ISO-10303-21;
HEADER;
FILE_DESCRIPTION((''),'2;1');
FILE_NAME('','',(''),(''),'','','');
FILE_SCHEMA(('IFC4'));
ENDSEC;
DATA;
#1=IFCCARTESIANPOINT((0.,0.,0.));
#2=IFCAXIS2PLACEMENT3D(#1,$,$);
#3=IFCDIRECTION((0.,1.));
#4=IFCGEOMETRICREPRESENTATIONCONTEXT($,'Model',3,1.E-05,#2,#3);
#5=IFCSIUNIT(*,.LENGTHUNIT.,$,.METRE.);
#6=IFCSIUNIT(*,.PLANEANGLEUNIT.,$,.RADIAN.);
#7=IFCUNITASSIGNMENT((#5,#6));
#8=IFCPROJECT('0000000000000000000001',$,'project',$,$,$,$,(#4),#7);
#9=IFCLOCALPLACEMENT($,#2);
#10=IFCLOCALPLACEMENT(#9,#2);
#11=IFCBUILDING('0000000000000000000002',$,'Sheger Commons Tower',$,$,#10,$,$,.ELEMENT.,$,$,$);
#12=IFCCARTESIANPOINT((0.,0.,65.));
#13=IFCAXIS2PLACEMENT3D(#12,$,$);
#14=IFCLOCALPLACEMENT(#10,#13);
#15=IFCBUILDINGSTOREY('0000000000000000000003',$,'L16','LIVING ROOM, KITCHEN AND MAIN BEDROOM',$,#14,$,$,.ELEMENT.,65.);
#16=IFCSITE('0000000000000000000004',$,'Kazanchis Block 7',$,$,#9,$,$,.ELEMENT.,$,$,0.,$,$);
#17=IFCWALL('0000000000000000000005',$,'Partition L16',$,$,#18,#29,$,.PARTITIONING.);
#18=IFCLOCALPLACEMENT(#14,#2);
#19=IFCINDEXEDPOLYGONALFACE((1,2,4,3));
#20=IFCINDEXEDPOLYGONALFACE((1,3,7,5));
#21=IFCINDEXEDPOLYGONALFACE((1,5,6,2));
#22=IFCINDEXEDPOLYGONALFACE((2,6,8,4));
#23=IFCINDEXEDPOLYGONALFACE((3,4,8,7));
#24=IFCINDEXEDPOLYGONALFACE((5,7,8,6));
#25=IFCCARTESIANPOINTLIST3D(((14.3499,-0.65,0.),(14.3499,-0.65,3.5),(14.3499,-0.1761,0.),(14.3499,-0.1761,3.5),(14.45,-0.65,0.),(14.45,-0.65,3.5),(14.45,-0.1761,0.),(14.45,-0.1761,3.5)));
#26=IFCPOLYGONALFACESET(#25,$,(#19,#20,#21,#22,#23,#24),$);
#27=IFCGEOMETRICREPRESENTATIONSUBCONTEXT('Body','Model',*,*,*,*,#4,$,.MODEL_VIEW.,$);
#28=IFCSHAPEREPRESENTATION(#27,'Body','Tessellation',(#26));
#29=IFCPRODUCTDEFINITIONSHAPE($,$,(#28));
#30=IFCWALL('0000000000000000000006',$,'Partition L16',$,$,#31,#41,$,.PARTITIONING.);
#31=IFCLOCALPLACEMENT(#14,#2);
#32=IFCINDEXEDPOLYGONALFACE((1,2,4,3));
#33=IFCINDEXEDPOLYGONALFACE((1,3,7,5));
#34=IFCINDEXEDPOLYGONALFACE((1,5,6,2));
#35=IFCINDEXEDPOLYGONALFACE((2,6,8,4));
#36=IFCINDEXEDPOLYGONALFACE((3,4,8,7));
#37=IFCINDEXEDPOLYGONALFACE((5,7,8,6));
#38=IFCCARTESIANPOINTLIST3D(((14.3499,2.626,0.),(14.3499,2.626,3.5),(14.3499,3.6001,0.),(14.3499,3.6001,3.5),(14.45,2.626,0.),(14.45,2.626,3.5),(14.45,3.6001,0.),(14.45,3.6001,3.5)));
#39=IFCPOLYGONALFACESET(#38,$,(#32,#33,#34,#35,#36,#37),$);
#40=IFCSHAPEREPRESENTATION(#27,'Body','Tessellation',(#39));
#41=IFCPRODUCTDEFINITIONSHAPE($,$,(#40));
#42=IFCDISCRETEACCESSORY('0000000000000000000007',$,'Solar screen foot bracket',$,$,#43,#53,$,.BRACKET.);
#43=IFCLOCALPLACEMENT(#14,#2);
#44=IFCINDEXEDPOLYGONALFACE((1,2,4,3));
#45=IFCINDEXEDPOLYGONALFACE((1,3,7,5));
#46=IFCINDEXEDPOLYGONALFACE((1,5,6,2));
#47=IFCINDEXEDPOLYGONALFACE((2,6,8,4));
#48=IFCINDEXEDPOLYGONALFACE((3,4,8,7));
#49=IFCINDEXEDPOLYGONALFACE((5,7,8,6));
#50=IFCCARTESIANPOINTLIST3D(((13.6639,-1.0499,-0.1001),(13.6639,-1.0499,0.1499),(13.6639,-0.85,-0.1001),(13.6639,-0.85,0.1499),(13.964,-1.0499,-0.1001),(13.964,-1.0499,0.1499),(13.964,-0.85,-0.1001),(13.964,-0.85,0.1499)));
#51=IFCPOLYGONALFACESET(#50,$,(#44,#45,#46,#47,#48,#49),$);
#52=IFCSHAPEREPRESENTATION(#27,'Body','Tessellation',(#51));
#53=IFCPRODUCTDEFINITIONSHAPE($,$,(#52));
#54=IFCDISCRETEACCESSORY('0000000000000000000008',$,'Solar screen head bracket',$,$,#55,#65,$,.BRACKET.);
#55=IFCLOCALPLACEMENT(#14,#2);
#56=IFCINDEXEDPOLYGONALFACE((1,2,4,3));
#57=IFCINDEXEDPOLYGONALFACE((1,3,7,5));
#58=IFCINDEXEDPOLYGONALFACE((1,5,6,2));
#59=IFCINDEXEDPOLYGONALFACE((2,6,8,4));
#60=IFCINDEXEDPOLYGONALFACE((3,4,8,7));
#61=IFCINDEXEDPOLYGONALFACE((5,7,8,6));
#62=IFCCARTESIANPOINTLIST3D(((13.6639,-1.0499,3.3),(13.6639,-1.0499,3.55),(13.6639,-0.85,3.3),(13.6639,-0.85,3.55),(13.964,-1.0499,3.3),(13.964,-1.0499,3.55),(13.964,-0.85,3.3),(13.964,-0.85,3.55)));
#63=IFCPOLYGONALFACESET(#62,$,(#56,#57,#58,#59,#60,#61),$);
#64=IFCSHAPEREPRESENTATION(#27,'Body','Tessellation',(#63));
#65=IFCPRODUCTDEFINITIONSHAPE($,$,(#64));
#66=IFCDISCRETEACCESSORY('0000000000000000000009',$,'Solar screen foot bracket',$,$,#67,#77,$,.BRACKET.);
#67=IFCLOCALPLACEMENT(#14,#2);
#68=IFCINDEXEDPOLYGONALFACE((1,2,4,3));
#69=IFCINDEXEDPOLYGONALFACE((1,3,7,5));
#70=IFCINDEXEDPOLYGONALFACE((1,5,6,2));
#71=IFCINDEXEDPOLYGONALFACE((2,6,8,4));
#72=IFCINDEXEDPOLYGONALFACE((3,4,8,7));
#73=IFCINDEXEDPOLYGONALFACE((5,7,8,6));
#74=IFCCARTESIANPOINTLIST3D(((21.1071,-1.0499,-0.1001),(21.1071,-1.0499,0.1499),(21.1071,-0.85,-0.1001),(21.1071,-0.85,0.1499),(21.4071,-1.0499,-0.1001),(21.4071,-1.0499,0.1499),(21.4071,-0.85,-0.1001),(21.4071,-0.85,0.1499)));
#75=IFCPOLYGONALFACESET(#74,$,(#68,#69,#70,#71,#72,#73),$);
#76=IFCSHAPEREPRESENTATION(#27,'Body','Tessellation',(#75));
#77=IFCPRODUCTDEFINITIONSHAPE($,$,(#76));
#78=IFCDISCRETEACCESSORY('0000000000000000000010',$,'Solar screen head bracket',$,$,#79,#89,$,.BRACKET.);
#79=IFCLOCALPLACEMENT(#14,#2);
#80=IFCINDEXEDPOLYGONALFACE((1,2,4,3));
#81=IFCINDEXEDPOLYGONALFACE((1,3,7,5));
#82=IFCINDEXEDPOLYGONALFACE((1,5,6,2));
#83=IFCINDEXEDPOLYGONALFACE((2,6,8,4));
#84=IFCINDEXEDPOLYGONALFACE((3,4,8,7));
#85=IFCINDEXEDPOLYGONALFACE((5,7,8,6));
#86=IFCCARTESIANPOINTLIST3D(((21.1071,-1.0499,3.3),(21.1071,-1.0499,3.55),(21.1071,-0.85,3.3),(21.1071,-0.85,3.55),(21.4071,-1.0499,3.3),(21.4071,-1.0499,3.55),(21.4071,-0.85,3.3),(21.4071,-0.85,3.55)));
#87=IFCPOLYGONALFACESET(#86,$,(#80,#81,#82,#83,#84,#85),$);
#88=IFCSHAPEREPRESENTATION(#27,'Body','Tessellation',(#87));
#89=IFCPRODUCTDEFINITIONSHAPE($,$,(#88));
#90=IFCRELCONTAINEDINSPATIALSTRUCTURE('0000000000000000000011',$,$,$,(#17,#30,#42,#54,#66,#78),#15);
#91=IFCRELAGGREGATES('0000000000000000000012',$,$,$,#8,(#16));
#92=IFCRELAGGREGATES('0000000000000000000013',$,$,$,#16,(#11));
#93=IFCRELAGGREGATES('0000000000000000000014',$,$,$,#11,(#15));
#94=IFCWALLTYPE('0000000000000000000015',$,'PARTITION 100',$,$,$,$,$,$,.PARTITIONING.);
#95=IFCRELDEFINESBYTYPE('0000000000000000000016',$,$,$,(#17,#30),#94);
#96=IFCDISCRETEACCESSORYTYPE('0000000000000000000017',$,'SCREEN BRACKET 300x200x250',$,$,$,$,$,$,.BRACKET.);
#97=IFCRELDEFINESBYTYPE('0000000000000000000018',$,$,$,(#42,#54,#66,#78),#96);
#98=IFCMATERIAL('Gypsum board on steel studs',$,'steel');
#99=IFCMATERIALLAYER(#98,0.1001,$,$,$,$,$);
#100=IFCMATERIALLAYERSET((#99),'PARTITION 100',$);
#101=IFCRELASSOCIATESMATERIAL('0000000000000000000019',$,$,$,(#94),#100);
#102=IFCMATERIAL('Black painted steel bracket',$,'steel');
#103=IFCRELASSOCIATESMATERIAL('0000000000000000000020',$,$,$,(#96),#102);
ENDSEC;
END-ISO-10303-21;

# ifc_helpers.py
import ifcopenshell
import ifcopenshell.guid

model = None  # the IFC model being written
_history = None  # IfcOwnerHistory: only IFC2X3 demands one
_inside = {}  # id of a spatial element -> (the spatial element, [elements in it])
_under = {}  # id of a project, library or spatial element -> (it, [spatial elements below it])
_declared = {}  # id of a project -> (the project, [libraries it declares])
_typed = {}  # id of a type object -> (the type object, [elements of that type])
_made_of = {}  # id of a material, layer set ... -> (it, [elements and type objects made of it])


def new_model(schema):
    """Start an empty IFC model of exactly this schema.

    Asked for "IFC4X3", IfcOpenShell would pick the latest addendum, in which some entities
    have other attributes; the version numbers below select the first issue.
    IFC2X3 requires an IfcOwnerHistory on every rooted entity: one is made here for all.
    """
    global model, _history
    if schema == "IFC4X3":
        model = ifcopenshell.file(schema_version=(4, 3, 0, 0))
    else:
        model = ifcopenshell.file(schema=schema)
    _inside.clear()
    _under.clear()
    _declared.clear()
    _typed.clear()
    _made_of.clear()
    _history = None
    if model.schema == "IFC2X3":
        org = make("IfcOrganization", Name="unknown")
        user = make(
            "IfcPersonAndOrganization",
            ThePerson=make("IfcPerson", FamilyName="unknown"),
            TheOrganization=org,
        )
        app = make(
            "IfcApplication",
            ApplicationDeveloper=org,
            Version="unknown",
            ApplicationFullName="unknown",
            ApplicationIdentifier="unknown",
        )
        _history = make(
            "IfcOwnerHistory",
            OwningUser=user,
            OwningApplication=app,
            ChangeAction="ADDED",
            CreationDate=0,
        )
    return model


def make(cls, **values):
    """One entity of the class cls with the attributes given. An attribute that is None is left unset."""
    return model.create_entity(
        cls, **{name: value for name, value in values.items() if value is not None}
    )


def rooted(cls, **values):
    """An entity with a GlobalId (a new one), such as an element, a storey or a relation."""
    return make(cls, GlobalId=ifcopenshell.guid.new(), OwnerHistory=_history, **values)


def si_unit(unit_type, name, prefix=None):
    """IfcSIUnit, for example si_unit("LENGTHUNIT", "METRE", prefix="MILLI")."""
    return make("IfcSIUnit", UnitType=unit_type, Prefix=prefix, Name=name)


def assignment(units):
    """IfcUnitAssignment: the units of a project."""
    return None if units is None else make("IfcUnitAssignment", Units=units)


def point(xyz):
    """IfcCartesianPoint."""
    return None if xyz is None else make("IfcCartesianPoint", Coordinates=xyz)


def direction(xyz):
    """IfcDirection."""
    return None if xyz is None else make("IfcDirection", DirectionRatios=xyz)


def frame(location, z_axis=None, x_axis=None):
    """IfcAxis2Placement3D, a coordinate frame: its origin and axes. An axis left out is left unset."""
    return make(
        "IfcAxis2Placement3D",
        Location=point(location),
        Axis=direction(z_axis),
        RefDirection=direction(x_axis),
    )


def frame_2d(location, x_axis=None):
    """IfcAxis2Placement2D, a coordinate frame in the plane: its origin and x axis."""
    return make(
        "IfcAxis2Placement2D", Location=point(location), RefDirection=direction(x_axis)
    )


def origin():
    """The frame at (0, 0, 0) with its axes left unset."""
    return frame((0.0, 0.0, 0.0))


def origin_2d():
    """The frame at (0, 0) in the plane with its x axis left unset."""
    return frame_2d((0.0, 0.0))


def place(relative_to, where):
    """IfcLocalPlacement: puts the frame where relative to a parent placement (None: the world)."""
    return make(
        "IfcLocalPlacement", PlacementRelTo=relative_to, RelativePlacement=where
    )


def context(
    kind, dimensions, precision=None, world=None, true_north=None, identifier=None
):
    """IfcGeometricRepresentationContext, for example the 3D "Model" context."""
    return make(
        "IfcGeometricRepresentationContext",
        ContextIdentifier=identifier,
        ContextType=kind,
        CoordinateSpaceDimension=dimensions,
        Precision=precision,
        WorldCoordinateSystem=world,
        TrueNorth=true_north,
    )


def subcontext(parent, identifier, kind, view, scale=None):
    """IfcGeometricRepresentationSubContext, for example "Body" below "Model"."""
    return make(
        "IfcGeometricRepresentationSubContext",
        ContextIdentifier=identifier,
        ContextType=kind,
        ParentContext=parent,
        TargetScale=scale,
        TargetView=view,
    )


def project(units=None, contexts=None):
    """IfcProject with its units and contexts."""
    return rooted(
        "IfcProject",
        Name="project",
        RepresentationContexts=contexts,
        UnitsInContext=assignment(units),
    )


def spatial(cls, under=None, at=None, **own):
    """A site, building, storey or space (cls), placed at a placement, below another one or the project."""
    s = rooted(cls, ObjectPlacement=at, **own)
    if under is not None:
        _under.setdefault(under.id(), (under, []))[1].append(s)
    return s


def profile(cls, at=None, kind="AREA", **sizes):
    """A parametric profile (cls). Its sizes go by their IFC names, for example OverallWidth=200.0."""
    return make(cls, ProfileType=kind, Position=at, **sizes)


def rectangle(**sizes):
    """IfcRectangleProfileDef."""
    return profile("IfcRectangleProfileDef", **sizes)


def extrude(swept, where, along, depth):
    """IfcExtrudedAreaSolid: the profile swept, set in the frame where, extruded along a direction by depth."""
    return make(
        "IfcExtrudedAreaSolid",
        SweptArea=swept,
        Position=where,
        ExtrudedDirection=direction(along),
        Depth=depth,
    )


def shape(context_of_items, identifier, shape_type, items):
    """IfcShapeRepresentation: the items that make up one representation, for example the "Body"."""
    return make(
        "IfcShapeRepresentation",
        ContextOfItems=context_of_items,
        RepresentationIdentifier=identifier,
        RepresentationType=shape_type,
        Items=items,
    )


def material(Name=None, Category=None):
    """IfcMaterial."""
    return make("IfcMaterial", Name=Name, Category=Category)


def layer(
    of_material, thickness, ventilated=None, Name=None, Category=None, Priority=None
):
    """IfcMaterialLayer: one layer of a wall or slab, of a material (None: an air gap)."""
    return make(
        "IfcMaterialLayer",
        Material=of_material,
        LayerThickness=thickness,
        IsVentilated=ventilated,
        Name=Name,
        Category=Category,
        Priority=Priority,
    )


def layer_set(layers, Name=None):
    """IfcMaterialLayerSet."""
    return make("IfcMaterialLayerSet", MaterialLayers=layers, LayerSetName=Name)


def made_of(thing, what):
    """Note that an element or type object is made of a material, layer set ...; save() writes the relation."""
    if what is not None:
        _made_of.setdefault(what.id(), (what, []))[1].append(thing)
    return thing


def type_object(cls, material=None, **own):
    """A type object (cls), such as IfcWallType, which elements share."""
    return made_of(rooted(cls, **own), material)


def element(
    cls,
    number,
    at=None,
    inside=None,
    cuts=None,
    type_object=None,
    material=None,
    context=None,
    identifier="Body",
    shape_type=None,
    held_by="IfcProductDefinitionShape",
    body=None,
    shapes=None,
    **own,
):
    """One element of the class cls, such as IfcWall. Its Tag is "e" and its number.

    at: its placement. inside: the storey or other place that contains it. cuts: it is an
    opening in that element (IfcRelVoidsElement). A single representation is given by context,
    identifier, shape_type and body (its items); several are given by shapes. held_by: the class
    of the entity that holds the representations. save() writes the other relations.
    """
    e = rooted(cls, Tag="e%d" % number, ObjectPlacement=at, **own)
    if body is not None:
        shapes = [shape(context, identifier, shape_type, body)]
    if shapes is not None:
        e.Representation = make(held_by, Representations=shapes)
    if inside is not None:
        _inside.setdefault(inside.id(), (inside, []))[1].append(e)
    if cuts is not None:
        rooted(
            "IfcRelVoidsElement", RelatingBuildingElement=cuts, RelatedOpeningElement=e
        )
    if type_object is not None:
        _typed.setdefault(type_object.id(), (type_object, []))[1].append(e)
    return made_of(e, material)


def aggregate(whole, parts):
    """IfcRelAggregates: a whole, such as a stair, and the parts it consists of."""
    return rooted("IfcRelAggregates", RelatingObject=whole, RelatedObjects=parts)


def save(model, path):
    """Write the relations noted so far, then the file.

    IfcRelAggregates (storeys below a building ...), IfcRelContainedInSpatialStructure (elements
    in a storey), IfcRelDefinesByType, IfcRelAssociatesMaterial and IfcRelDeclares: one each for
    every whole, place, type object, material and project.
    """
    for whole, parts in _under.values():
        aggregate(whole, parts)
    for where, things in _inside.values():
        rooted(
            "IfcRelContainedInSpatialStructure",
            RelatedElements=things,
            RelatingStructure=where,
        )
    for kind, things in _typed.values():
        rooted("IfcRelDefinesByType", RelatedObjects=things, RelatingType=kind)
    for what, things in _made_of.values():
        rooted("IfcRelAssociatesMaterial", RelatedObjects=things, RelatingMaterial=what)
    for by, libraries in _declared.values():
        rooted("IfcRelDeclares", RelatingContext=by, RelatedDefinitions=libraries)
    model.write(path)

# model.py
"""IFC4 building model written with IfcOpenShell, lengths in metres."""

from ifc_helpers import new_model, si_unit, direction, frame, frame_2d, origin, origin_2d, place, context, subcontext, project, spatial, rectangle, extrude, material, layer, layer_set, type_object, element, save


model = new_model("IFC4")

# Units and contexts
model_context = context("Model", 3, precision=1e-05, world=origin(), true_north=direction((0.0, 1.0)))
body_context = subcontext(model_context, "Body", "Model", "MODEL_VIEW")
ifc_project = project(units=[si_unit("LENGTHUNIT", "METRE"), si_unit("PLANEANGLEUNIT", "RADIAN")], contexts=[model_context])

# Site, building, storey
site_placement = place(None, origin())
site = spatial("IfcSite", under=ifc_project, at=site_placement, Name="Kazanchis Block 7", CompositionType="ELEMENT", RefElevation=0.0)
building_placement = place(site_placement, origin())
building = spatial("IfcBuilding", under=site, at=building_placement, Name="Sheger Commons Tower", CompositionType="ELEMENT")
storey_placement = place(building_placement, frame((0.0, 0.0, 65.0)))
storey = spatial("IfcBuildingStorey", under=building, at=storey_placement, Name="L16", Description="LIVING ROOM, KITCHEN AND MAIN BEDROOM", CompositionType="ELEMENT", Elevation=65.0)

# Walls
ifc_material_1 = material(Name="Gypsum board on steel studs", Category="steel")
ifc_layer_1 = layer(ifc_material_1, 0.1001)
ifc_layer_set_1 = layer_set([ifc_layer_1], Name="PARTITION 100")
wall_type_1 = type_object("IfcWallType", Name="PARTITION 100", PredefinedType="PARTITIONING", material=ifc_layer_set_1)
wall_1_placement = place(storey_placement, frame((14.3999, -0.6499, 0.0), z_axis=(0.0, 0.0, 1.0), x_axis=(0.0, 1.0, 0.0)))
element("IfcWall", 1, at=wall_1_placement, inside=storey, type_object=wall_type_1, Name="Partition L16", PredefinedType="PARTITIONING", context=body_context, shape_type="SweptSolid", body=[
    extrude(rectangle(XDim=0.4739, YDim=0.1001, at=frame_2d((0.2368, 0.0))), origin(), (0.0, 0.0, 1.0), 3.5),
])
wall_2_placement = place(storey_placement, frame((14.3999, 2.626, 0.0), z_axis=(0.0, 0.0, 1.0), x_axis=(0.0, 1.0, 0.0)))
element("IfcWall", 2, at=wall_2_placement, inside=storey, type_object=wall_type_1, Name="Partition L16", PredefinedType="PARTITIONING", context=body_context, shape_type="SweptSolid", body=[
    extrude(rectangle(XDim=0.9741, YDim=0.1001, at=frame_2d((0.4871, 0.0))), origin(), (0.0, 0.0, 1.0), 3.5),
])

# Discrete accessories
ifc_material_2 = material(Name="Black painted steel bracket", Category="steel")
discrete_accessory_type = type_object("IfcDiscreteAccessoryType", Name="SCREEN BRACKET 300x200x250", PredefinedType="BRACKET", material=ifc_material_2)
for number, where, z_axis, x_axis, name in (
    (3, (13.814, -0.95, -0.1001), (0.0, 0.0, 1.0), (1.0, 0.0, 0.0), "Solar screen foot bracket"),
    (4, (13.814, -0.95, 3.3), (0.0, 0.0, 1.0), (1.0, 0.0, 0.0), "Solar screen head bracket"),
    (5, (21.2571, -0.95, -0.1001), (0.0, 0.0, 1.0), (1.0, 0.0, 0.0), "Solar screen foot bracket"),
    (6, (21.2571, -0.95, 3.3), (0.0, 0.0, 1.0), (1.0, 0.0, 0.0), "Solar screen head bracket"),
):
    element("IfcDiscreteAccessory", number, at=place(storey_placement, frame(where, z_axis=z_axis, x_axis=x_axis)), inside=storey, type_object=discrete_accessory_type, Name=name, PredefinedType="BRACKET", context=body_context, shape_type="SweptSolid", body=[
        extrude(rectangle(XDim=0.3, YDim=0.2, at=origin_2d()), origin(), (0.0, 0.0, 1.0), 0.25),
    ])

save(model, "model.ifc")
